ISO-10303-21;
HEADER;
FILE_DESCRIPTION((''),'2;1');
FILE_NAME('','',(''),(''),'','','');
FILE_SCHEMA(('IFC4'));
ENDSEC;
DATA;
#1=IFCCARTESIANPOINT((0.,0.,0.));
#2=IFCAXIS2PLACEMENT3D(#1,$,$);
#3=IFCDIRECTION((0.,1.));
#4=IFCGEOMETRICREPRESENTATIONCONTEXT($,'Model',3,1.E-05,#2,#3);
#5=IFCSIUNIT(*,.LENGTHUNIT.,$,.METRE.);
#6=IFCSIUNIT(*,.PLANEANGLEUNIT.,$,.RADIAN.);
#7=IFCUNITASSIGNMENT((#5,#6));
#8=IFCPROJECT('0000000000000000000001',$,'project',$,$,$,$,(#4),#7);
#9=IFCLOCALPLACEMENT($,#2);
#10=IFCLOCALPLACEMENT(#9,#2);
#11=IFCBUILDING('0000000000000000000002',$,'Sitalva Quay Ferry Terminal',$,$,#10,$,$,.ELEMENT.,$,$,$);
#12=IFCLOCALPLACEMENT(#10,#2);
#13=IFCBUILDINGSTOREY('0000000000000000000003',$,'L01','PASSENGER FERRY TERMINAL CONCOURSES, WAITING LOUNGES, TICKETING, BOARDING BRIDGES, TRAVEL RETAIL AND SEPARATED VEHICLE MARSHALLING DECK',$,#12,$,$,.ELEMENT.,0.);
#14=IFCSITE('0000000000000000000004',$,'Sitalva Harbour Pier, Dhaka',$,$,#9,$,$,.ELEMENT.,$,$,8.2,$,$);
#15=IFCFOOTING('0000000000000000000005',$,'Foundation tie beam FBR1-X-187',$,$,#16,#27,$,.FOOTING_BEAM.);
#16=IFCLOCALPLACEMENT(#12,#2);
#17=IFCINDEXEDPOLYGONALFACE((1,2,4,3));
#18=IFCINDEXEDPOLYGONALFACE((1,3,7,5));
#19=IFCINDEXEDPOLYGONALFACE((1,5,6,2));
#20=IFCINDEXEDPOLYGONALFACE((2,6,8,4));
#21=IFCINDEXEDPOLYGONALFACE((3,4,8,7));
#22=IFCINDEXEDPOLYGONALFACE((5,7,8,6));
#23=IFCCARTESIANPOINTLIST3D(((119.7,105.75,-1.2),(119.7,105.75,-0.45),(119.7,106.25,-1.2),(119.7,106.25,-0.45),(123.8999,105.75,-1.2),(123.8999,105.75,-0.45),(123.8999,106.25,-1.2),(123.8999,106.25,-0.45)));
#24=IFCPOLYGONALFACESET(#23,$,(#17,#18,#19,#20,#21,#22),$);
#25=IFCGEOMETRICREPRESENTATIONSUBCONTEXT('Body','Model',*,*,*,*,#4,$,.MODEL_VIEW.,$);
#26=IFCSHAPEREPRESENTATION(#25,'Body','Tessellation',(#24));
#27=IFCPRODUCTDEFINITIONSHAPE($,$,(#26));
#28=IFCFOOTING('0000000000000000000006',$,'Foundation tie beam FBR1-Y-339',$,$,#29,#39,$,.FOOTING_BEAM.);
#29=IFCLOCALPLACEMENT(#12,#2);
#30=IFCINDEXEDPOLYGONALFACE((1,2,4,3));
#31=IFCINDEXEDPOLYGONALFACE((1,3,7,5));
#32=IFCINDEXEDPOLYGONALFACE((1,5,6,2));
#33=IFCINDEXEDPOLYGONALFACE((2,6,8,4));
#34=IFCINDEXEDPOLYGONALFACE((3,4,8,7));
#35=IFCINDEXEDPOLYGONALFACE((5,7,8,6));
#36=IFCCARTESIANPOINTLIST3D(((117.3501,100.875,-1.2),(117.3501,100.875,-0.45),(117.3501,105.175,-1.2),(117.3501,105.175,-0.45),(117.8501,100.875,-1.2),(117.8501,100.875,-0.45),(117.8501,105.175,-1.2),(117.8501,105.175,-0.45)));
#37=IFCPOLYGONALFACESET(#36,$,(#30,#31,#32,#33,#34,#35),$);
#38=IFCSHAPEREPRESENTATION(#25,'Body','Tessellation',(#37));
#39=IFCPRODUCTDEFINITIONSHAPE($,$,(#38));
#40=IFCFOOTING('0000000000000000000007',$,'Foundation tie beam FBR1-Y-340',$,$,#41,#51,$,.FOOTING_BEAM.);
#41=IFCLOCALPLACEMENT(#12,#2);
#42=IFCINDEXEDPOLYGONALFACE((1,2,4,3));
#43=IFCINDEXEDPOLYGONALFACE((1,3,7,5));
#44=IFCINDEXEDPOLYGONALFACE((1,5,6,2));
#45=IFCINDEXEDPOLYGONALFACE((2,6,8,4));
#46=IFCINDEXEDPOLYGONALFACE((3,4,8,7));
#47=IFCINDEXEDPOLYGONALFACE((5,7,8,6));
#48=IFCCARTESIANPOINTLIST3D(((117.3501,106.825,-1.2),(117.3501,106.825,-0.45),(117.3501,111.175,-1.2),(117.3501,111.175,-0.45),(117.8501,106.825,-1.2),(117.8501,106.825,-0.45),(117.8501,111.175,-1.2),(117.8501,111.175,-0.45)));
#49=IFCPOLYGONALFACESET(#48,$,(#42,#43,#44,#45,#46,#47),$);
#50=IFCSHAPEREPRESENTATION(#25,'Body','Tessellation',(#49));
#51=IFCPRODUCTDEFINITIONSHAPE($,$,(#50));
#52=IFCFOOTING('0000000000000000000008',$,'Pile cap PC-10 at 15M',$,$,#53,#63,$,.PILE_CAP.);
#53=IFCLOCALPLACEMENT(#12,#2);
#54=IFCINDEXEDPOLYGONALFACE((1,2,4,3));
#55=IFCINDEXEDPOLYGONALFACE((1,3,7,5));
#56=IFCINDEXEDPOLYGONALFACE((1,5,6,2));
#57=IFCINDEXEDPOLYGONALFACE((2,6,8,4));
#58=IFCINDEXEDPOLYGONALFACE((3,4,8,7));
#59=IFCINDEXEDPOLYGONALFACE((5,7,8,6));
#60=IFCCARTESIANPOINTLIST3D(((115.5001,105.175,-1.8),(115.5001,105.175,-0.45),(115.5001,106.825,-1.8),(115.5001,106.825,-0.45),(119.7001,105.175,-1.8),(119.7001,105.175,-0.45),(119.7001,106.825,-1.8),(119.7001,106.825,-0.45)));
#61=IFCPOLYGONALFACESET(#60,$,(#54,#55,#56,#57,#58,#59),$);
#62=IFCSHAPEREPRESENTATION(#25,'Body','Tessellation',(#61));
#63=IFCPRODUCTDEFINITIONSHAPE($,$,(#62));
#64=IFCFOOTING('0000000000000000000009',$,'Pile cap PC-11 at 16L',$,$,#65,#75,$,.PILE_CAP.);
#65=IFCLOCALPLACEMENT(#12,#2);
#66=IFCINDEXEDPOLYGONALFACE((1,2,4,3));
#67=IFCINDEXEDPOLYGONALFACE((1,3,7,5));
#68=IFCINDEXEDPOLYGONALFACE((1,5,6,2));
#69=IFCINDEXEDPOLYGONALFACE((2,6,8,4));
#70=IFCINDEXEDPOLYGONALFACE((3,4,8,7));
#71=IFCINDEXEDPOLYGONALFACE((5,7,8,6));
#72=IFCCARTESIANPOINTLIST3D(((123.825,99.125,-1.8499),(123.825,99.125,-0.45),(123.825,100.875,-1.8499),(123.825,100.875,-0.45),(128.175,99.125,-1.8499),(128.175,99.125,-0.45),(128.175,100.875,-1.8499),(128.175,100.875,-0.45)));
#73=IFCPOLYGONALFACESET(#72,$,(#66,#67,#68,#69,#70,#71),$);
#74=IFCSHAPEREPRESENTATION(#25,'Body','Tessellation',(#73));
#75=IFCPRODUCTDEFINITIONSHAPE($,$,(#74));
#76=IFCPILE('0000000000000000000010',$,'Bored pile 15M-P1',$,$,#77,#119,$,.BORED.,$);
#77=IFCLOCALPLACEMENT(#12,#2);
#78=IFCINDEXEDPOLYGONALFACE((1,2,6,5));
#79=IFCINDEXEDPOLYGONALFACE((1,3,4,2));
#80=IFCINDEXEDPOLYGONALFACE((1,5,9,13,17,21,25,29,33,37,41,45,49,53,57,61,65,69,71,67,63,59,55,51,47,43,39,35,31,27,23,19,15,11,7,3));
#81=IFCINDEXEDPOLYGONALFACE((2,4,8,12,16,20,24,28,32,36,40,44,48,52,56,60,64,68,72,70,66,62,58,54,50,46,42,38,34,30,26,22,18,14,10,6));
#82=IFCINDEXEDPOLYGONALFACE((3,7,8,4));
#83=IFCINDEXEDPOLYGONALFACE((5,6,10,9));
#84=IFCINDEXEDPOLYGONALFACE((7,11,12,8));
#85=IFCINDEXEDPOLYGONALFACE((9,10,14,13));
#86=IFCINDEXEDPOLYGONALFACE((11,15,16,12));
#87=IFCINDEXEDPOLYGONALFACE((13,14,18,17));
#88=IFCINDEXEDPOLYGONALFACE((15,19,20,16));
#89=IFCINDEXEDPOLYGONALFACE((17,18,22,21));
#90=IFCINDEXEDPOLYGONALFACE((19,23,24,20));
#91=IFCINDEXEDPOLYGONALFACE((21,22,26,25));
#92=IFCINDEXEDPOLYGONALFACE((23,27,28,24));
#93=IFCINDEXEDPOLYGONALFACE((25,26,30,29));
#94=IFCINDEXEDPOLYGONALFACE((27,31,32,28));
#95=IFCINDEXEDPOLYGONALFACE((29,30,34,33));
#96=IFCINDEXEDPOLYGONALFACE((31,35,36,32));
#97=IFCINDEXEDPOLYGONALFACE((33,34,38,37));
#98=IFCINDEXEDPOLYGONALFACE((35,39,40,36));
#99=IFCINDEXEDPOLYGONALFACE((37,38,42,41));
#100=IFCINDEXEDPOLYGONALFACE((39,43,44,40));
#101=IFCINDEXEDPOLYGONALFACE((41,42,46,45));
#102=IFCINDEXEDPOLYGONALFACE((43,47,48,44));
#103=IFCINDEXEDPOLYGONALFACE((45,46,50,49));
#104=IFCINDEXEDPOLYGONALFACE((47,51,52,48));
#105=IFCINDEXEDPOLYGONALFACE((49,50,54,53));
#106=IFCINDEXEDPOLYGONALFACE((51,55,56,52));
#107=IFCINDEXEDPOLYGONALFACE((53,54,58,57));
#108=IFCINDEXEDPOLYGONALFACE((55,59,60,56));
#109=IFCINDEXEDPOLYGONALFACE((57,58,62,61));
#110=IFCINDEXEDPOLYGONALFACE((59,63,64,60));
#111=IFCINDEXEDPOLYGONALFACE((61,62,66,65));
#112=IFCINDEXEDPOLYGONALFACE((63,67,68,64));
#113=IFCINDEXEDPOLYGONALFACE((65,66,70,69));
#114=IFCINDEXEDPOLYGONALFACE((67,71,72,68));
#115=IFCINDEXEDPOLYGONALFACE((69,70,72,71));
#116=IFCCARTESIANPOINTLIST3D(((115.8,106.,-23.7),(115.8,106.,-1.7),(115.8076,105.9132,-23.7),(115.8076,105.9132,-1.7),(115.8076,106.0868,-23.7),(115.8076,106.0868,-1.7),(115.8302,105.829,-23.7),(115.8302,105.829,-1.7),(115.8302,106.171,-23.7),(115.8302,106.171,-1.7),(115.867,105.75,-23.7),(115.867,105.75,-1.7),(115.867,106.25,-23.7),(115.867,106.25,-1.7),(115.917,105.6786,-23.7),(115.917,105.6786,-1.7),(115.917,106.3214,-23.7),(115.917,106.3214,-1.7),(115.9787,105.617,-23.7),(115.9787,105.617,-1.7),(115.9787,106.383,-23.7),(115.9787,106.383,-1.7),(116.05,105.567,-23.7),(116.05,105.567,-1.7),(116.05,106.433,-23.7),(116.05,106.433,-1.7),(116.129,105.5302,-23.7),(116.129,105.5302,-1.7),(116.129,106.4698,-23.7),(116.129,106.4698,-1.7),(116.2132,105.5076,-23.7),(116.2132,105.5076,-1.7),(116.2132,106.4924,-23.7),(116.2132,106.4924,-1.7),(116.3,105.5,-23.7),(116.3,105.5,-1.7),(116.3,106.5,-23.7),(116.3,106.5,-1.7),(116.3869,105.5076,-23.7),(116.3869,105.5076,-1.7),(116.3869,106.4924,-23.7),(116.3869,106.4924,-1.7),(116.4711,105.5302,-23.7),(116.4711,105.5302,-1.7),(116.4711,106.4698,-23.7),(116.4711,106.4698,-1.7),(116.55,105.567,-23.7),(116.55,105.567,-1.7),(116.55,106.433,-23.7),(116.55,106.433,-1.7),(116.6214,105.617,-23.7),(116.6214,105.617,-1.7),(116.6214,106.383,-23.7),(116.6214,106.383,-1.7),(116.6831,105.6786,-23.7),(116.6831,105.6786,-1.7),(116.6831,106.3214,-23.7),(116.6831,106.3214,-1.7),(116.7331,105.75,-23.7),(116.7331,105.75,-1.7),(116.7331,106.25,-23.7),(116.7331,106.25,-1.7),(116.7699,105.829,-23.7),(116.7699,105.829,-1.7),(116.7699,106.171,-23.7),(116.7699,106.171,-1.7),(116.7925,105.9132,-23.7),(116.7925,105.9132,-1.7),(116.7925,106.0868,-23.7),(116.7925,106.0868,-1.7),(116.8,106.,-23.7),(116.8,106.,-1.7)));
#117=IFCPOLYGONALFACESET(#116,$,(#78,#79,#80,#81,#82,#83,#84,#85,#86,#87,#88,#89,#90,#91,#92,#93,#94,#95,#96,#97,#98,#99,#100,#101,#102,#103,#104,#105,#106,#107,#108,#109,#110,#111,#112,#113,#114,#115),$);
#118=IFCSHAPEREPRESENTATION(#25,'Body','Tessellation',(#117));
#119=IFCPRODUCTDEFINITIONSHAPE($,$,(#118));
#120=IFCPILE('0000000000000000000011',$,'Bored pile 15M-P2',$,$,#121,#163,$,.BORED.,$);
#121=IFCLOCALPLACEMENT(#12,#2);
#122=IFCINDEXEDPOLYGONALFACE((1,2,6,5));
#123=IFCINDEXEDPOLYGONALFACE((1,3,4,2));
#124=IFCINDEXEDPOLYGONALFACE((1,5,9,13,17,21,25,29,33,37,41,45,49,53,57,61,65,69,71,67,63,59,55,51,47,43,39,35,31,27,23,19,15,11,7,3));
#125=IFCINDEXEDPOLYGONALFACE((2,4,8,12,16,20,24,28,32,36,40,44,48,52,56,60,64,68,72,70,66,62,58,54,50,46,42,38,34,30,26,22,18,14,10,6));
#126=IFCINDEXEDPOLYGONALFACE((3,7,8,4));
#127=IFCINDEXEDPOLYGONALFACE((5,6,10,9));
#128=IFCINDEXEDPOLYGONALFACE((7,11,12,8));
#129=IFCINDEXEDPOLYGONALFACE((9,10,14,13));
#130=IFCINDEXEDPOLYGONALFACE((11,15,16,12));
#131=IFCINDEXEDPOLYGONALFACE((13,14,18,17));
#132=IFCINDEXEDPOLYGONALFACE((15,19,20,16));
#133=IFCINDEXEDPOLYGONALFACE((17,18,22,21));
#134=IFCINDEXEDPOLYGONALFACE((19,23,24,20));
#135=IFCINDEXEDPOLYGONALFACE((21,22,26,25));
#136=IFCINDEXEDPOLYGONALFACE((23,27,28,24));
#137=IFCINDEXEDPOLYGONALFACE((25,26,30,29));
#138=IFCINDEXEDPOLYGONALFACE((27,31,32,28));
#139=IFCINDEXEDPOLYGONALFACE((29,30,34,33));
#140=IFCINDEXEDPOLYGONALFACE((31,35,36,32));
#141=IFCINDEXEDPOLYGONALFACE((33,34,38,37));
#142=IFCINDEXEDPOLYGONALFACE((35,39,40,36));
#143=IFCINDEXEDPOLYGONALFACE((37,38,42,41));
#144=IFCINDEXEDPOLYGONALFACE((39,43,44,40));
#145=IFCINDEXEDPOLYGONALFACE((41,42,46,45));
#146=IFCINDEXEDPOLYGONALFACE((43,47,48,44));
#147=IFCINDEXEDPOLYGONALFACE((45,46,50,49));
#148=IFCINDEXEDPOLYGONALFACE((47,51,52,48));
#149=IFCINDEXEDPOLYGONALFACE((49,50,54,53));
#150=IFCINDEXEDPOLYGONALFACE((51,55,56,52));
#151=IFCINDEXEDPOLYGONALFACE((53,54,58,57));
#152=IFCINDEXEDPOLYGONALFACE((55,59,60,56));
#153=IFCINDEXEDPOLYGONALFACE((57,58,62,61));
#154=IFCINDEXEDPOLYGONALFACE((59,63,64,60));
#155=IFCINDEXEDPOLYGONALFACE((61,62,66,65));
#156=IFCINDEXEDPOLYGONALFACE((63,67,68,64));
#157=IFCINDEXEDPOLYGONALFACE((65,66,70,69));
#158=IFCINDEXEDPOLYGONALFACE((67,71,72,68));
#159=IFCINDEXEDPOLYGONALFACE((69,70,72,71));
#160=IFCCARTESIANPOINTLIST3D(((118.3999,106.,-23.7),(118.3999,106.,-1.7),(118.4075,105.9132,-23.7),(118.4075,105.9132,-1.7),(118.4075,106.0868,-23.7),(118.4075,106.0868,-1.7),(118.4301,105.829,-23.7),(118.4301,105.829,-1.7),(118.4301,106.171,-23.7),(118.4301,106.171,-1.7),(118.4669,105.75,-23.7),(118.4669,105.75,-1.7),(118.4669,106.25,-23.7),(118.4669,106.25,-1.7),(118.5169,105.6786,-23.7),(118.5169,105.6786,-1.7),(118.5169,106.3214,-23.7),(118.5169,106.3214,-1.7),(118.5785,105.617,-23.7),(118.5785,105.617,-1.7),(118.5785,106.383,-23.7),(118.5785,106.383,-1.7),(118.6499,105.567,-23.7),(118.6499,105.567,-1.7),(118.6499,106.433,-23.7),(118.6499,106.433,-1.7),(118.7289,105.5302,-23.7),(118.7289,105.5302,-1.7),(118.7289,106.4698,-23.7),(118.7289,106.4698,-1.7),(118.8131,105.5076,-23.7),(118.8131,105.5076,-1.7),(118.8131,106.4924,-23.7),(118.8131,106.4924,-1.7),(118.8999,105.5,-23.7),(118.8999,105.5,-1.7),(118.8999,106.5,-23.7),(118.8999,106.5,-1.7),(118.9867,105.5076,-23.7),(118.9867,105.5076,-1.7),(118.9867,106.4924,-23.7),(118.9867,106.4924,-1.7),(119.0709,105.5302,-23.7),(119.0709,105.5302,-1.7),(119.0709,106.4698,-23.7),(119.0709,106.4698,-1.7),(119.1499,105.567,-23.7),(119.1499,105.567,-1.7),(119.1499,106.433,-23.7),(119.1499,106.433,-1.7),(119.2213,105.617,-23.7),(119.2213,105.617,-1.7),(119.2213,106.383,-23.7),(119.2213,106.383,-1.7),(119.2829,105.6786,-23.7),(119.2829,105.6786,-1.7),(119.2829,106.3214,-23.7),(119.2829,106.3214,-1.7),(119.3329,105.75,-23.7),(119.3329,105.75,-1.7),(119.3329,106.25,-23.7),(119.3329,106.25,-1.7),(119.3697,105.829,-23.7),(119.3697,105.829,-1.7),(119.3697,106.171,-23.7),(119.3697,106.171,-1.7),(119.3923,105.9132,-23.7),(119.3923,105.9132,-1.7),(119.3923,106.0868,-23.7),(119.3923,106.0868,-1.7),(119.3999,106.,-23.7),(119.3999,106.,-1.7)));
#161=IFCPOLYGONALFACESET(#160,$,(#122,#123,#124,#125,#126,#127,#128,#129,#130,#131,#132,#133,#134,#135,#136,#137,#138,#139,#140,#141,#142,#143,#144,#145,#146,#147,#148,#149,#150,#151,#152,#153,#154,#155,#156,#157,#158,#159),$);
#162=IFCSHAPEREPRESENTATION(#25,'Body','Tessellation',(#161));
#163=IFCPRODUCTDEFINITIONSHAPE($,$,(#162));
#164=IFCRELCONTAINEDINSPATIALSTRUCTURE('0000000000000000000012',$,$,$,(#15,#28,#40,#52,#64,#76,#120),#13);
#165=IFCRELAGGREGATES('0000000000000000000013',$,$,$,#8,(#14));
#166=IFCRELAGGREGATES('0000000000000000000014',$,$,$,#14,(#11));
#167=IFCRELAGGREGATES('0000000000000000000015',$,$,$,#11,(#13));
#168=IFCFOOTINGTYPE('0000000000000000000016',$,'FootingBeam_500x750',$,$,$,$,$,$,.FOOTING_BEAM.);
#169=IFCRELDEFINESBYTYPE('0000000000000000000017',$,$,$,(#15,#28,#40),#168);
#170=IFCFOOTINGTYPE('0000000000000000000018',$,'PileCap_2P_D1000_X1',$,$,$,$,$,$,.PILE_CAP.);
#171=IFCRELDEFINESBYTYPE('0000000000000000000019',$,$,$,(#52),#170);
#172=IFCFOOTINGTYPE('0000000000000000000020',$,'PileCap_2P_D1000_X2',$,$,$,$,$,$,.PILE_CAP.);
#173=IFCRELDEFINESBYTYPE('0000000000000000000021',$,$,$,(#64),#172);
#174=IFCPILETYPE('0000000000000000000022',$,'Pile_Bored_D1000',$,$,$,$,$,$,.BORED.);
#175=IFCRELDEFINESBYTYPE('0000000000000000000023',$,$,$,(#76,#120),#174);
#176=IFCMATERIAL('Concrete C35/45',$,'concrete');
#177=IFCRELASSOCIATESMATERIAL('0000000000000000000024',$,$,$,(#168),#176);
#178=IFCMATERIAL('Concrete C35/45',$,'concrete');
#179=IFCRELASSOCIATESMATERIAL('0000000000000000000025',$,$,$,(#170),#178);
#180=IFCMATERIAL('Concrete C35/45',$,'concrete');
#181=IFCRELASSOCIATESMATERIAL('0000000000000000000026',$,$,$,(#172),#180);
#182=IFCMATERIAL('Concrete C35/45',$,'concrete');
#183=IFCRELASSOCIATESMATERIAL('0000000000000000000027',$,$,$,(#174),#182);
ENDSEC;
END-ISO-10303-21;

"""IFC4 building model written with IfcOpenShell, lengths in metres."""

from ifc_helpers import new_model, si_unit, direction, frame, origin, origin_2d, place, context, subcontext, project, spatial, rectangle, circle, extrude, material, material_profile, profile_set, type_object, element, save


model = new_model("IFC4")

# Units and contexts
model_context = context("Model", 3, precision=1e-05, world=origin(), true_north=direction((0.0, 1.0)))
body_context = subcontext(model_context, "Body", "Model", "MODEL_VIEW")
ifc_project = project(units=[si_unit("LENGTHUNIT", "METRE"), si_unit("PLANEANGLEUNIT", "RADIAN")], contexts=[model_context])

# Site, building, storey
site_placement = place(None, origin())
site = spatial("IfcSite", under=ifc_project, at=site_placement, Name="Sitalva Harbour Pier, Dhaka", CompositionType="ELEMENT", RefElevation=8.2)
building_placement = place(site_placement, origin())
building = spatial("IfcBuilding", under=site, at=building_placement, Name="Sitalva Quay Ferry Terminal", CompositionType="ELEMENT")
storey_placement = place(building_placement, origin())
storey = spatial("IfcBuildingStorey", under=building, at=storey_placement, Name="L01", Description="PASSENGER FERRY TERMINAL CONCOURSES, WAITING LOUNGES, TICKETING, BOARDING BRIDGES, TRAVEL RETAIL AND SEPARATED VEHICLE MARSHALLING DECK", CompositionType="ELEMENT", Elevation=0.0)

# Footings
ifc_material_1 = material(Name="Concrete C35/45", Category="concrete")
ifc_material_profile_1 = material_profile(ifc_material_1, rectangle(XDim=0.5, YDim=0.75, at=origin_2d()), Name="RC500x750")
ifc_profile_set_1 = profile_set([ifc_material_profile_1], Name="Concrete C35/45")
footing_type_1 = type_object("IfcFootingType", Name="FootingBeam_500x750", PredefinedType="FOOTING_BEAM", material=ifc_profile_set_1)
footing_1_placement = place(storey_placement, frame((119.7, 106.0, -0.825), z_axis=(1.0, 0.0, 0.0), x_axis=(0.0, 1.0, 0.0)))
element("IfcFooting", 1, at=footing_1_placement, inside=storey, type_object=footing_type_1, Name="Foundation tie beam FBR1-X-187", PredefinedType="FOOTING_BEAM", context=body_context, shape_type="SweptSolid", body=[
    extrude(rectangle(XDim=0.5, YDim=0.75, at=origin_2d()), origin(), (0.0, 0.0, 1.0), 4.2),
])
footing_2_placement = place(storey_placement, frame((117.6001, 100.875, -0.825), z_axis=(0.0, 1.0, 0.0), x_axis=(-1.0, 0.0, 0.0)))
element("IfcFooting", 2, at=footing_2_placement, inside=storey, type_object=footing_type_1, Name="Foundation tie beam FBR1-Y-339", PredefinedType="FOOTING_BEAM", context=body_context, shape_type="SweptSolid", body=[
    extrude(rectangle(XDim=0.5, YDim=0.75, at=origin_2d()), origin(), (0.0, 0.0, 1.0), 4.3),
])
footing_3_placement = place(storey_placement, frame((117.6001, 106.825, -0.825), z_axis=(0.0, 1.0, 0.0), x_axis=(-1.0, 0.0, 0.0)))
element("IfcFooting", 3, at=footing_3_placement, inside=storey, type_object=footing_type_1, Name="Foundation tie beam FBR1-Y-340", PredefinedType="FOOTING_BEAM", context=body_context, shape_type="SweptSolid", body=[
    extrude(rectangle(XDim=0.5, YDim=0.75, at=origin_2d()), origin(), (0.0, 0.0, 1.0), 4.3501),
])
ifc_material_2 = material(Name="Concrete C35/45", Category="concrete")
footing_type_2 = type_object("IfcFootingType", Name="PileCap_2P_D1000_X1", PredefinedType="PILE_CAP", material=ifc_material_2)
footing_4_placement = place(storey_placement, frame((117.6001, 106.0, -1.8), z_axis=(0.0, 0.0, 1.0), x_axis=(1.0, 0.0, 0.0)))
element("IfcFooting", 4, at=footing_4_placement, inside=storey, type_object=footing_type_2, Name="Pile cap PC-10 at 15M", PredefinedType="PILE_CAP", context=body_context, shape_type="SweptSolid", body=[
    extrude(rectangle(XDim=4.2, YDim=1.6499, at=origin_2d()), origin(), (0.0, 0.0, 1.0), 1.3501),
])
ifc_material_3 = material(Name="Concrete C35/45", Category="concrete")
footing_type_3 = type_object("IfcFootingType", Name="PileCap_2P_D1000_X2", PredefinedType="PILE_CAP", material=ifc_material_3)
footing_5_placement = place(storey_placement, frame((126.0, 100.0, -1.8499), z_axis=(0.0, 0.0, 1.0), x_axis=(1.0, 0.0, 0.0)))
element("IfcFooting", 5, at=footing_5_placement, inside=storey, type_object=footing_type_3, Name="Pile cap PC-11 at 16L", PredefinedType="PILE_CAP", context=body_context, shape_type="SweptSolid", body=[
    extrude(rectangle(XDim=4.3501, YDim=1.75, at=origin_2d()), origin(), (0.0, 0.0, 1.0), 1.3999),
])

# Piles
ifc_material_4 = material(Name="Concrete C35/45", Category="concrete")
ifc_material_profile_2 = material_profile(ifc_material_4, circle(Radius=0.5, at=origin_2d()), Name="PILE-D1000")
ifc_profile_set_2 = profile_set([ifc_material_profile_2], Name="Concrete C35/45")
pile_type = type_object("IfcPileType", Name="Pile_Bored_D1000", PredefinedType="BORED", material=ifc_profile_set_2)
for number, where, z_axis, x_axis, name in (
    (6, (116.3, 106.0, -1.7), (0.0, 0.0, -1.0), (1.0, 0.0, 0.0), "Bored pile 15M-P1"),
    (7, (118.8999, 106.0, -1.7), (0.0, 0.0, -1.0), (1.0, 0.0, 0.0), "Bored pile 15M-P2"),
):
    element("IfcPile", number, at=place(storey_placement, frame(where, z_axis=z_axis, x_axis=x_axis)), inside=storey, type_object=pile_type, Name=name, PredefinedType="BORED", context=body_context, shape_type="SweptSolid", body=[
        extrude(circle(Radius=0.5, at=origin_2d()), origin(), (0.0, 0.0, 1.0), 22.0),
    ])

save(model, "model.ifc")
